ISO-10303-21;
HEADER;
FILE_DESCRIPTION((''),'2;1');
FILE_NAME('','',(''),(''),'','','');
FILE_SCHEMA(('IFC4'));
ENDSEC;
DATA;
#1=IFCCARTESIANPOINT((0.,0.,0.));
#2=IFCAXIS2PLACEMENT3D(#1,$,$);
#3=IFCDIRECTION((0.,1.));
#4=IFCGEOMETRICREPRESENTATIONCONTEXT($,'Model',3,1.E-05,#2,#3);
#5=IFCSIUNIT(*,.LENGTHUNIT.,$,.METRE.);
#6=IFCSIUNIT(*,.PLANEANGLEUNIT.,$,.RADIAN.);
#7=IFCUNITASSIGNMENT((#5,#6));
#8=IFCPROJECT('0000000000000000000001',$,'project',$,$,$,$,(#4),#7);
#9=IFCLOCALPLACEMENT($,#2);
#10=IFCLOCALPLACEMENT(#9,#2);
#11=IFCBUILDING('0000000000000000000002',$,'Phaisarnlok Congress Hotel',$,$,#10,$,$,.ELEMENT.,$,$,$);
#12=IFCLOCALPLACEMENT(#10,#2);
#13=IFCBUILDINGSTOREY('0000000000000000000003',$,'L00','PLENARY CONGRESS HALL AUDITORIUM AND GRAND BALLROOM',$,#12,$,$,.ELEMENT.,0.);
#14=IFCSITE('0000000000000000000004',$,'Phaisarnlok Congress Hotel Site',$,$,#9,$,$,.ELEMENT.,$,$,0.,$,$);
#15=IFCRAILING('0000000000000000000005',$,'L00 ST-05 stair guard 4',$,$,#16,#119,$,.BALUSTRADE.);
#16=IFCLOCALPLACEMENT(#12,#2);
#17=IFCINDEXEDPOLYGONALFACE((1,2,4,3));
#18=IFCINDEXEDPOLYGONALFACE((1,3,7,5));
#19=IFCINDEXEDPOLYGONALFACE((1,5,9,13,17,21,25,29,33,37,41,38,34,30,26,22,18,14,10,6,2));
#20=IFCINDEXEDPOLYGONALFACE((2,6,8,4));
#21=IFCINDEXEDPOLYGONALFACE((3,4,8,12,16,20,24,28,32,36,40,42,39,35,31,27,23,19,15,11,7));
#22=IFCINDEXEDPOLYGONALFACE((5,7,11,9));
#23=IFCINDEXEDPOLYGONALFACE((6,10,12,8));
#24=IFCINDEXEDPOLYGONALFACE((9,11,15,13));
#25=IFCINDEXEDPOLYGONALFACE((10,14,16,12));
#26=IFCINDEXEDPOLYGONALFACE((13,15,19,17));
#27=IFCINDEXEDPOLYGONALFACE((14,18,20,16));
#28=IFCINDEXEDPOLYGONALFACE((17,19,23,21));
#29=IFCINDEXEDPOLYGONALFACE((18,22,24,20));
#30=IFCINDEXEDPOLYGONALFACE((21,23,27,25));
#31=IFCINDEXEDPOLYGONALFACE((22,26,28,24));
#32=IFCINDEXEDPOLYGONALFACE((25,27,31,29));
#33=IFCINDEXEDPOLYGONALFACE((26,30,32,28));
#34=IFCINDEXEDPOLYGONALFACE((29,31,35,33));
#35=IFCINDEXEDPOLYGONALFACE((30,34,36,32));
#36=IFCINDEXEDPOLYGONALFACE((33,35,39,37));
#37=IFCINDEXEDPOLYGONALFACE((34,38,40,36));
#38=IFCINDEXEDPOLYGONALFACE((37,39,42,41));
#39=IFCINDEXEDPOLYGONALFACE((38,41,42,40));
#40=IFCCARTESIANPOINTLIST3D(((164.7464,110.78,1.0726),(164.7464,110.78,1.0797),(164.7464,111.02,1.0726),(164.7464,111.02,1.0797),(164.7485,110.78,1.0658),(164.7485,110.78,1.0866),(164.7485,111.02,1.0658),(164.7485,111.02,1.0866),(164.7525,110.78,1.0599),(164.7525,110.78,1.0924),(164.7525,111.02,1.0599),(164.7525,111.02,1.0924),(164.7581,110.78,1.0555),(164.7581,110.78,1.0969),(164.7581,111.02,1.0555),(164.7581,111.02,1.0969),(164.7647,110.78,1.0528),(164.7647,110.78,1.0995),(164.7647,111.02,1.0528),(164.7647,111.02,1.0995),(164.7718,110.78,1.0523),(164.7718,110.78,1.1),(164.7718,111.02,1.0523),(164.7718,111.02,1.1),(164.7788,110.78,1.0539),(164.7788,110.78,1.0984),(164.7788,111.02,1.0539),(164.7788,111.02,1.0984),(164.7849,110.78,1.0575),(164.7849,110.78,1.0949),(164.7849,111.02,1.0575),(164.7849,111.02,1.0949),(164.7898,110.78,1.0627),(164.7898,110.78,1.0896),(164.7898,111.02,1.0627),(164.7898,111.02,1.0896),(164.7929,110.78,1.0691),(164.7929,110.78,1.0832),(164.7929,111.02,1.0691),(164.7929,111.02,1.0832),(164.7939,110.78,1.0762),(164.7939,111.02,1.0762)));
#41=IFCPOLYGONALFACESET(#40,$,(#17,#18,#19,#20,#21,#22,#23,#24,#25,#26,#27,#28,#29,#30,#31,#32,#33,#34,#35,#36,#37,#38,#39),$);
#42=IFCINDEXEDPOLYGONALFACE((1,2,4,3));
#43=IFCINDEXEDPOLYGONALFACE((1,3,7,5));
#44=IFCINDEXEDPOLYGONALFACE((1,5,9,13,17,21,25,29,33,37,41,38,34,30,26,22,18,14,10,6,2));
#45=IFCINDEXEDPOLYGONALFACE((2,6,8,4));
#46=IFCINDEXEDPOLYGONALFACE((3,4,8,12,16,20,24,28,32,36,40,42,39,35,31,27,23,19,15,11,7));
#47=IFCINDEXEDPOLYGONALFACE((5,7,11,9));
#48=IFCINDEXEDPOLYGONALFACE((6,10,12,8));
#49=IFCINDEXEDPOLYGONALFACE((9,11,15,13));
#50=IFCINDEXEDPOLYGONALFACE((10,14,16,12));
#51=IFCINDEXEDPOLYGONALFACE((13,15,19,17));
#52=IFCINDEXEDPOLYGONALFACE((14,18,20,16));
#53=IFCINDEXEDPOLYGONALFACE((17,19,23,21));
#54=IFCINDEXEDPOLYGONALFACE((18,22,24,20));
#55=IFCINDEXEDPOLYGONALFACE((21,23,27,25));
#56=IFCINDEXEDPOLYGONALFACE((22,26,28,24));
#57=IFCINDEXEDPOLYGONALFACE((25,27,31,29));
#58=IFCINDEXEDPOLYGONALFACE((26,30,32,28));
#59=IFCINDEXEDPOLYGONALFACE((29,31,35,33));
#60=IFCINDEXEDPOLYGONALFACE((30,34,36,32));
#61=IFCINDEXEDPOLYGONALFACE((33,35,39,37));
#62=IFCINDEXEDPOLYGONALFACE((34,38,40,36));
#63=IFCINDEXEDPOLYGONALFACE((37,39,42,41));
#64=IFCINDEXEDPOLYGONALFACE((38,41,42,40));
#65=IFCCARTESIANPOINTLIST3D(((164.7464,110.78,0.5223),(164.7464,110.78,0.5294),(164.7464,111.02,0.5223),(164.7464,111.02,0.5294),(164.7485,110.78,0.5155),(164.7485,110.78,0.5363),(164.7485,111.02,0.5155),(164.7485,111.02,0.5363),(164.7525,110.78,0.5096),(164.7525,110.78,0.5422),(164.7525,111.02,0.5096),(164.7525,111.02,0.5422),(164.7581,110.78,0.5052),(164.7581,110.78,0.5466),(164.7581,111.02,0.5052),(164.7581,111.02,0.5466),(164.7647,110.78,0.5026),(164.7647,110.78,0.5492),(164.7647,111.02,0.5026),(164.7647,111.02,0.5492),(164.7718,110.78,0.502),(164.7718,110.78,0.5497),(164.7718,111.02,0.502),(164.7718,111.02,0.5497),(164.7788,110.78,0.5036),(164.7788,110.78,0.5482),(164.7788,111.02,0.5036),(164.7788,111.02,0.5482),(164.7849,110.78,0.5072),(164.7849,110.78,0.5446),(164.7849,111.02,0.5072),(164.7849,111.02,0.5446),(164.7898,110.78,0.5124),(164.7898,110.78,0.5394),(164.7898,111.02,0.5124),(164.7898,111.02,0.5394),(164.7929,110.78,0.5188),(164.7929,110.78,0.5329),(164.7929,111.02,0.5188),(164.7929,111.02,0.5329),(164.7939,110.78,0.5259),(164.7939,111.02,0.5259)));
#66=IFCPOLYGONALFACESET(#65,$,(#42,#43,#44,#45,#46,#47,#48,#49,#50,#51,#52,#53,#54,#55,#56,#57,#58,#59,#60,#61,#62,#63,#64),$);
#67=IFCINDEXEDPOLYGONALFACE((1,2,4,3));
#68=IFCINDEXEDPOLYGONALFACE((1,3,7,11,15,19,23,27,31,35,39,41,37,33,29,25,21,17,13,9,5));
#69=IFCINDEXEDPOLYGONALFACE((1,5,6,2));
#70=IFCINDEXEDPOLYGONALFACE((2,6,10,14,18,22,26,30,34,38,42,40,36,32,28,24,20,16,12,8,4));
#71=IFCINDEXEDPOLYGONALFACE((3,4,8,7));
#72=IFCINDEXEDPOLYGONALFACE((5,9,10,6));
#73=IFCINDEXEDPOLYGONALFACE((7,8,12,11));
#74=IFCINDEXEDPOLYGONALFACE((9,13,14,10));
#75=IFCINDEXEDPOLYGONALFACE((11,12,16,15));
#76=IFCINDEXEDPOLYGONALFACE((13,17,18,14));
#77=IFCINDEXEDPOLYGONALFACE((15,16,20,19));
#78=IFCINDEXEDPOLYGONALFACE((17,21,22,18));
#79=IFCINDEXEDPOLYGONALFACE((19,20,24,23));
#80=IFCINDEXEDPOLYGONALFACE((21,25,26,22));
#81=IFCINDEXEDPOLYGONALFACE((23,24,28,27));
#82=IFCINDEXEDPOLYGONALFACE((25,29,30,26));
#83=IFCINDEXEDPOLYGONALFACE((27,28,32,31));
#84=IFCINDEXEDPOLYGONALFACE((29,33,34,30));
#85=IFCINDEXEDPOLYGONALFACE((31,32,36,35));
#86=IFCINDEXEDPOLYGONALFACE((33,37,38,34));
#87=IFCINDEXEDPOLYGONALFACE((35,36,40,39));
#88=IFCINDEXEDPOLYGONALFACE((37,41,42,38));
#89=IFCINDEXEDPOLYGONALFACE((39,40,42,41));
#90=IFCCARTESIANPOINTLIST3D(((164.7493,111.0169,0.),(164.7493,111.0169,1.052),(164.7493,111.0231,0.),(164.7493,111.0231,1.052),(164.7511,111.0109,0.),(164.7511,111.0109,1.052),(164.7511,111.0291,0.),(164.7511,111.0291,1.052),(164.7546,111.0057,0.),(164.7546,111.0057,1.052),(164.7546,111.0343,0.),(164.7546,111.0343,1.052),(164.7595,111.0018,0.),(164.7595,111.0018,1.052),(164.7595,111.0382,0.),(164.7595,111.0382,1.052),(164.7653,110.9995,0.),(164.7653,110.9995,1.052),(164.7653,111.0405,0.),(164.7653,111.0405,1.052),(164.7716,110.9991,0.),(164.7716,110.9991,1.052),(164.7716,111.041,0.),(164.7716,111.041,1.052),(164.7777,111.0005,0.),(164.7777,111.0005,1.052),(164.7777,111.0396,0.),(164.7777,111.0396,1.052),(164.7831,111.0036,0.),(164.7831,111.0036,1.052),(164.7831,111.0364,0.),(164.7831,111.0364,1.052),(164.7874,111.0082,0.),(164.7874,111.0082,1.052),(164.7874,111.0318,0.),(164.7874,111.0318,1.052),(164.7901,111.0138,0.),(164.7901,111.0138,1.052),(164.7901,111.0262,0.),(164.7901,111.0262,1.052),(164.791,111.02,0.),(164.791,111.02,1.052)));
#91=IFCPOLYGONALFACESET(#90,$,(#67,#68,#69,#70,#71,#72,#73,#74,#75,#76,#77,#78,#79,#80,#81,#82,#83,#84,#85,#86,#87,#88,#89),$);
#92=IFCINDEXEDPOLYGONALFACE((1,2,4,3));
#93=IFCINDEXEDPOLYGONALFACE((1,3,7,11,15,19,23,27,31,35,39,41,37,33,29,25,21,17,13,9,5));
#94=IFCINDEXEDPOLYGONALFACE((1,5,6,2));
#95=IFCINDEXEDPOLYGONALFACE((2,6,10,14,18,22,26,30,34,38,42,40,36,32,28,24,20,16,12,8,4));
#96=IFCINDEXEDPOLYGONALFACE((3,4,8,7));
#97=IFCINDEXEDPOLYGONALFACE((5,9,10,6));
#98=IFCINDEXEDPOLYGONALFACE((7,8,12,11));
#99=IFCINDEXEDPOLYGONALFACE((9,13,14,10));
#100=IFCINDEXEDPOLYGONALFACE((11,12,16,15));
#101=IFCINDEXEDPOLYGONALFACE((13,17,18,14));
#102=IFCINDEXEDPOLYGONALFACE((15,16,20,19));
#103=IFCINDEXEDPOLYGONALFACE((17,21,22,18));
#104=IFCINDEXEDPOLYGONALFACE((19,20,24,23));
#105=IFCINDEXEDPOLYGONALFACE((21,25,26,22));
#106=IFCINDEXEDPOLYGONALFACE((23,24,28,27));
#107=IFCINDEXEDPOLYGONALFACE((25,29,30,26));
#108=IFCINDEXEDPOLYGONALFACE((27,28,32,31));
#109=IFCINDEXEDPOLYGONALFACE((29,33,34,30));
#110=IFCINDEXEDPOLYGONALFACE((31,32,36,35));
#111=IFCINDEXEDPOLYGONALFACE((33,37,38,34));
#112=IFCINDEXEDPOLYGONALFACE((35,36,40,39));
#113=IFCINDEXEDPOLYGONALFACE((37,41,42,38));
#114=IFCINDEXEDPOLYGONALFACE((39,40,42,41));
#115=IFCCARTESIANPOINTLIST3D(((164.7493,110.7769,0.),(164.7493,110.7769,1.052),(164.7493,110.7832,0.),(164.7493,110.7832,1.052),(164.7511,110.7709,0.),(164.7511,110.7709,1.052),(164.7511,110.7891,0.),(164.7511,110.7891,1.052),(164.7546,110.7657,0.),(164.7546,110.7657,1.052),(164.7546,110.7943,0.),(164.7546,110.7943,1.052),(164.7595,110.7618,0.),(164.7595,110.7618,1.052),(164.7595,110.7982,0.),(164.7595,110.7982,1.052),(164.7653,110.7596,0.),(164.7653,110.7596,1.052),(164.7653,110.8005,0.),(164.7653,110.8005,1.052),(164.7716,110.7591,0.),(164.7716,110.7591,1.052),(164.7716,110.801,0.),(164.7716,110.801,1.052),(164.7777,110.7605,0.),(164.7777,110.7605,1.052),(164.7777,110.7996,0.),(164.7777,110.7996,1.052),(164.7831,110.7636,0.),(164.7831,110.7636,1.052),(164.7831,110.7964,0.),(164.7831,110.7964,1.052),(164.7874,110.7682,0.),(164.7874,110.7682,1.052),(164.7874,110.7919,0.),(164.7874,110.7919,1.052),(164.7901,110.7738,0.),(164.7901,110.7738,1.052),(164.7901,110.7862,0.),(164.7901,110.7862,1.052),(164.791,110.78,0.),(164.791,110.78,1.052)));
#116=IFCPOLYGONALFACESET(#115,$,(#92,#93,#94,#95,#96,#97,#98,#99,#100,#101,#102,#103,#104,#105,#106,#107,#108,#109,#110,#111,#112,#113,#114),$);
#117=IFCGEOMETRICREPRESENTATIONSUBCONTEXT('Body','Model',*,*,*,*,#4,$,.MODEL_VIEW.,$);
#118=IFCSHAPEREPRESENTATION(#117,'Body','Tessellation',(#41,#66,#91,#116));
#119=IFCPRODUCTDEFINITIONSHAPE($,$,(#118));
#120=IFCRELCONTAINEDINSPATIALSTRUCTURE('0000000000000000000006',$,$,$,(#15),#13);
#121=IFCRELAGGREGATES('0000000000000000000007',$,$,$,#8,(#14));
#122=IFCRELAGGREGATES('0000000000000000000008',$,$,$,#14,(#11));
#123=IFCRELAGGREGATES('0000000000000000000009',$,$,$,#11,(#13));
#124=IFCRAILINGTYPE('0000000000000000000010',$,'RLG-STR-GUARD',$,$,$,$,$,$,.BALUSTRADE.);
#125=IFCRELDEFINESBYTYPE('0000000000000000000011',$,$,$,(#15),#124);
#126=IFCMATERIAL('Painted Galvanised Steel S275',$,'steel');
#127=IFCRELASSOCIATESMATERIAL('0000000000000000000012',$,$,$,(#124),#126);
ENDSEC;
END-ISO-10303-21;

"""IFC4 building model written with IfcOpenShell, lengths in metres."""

from ifc_helpers import new_model, si_unit, direction, frame, origin, origin_2d, place, context, subcontext, project, spatial, circle, extrude, material, type_object, element, save


model = new_model("IFC4")

# Units and contexts
model_context = context("Model", 3, precision=1e-05, world=origin(), true_north=direction((0.0, 1.0)))
body_context = subcontext(model_context, "Body", "Model", "MODEL_VIEW")
ifc_project = project(units=[si_unit("LENGTHUNIT", "METRE"), si_unit("PLANEANGLEUNIT", "RADIAN")], contexts=[model_context])

# Site, building, storey
site_placement = place(None, origin())
site = spatial("IfcSite", under=ifc_project, at=site_placement, Name="Phaisarnlok Congress Hotel Site", CompositionType="ELEMENT", RefElevation=0.0)
building_placement = place(site_placement, origin())
building = spatial("IfcBuilding", under=site, at=building_placement, Name="Phaisarnlok Congress Hotel", CompositionType="ELEMENT")
storey_placement = place(building_placement, origin())
storey = spatial("IfcBuildingStorey", under=building, at=storey_placement, Name="L00", Description="PLENARY CONGRESS HALL AUDITORIUM AND GRAND BALLROOM", CompositionType="ELEMENT", Elevation=0.0)

# Railing
ifc_material_1 = material(Name="Painted Galvanised Steel S275", Category="steel")
railing_type_1 = type_object("IfcRailingType", Name="RLG-STR-GUARD", PredefinedType="BALUSTRADE", material=ifc_material_1)
railing_1_placement = place(storey_placement, frame((164.77, 111.02, 0.0)))
element("IfcRailing", 1, at=railing_1_placement, inside=storey, type_object=railing_type_1, Name="L00 ST-05 stair guard 4", PredefinedType="BALUSTRADE", context=body_context, shape_type="SweptSolid", body=[
    extrude(circle(Radius=0.0239, at=origin_2d()), frame((0.0, 0.0, 1.0762), z_axis=(0.0, -1.0, 0.0), x_axis=(1.0, 0.0, 0.0)), (0.0, 0.0, 1.0), 0.24),
    extrude(circle(Radius=0.0239, at=origin_2d()), frame((0.0, 0.0, 0.5259), z_axis=(0.0, -1.0, 0.0), x_axis=(1.0, 0.0, 0.0)), (0.0, 0.0, 1.0), 0.24),
    extrude(circle(Radius=0.021, at=origin_2d()), origin(), (0.0, 0.0, 1.0), 1.052),
    extrude(circle(Radius=0.021, at=origin_2d()), frame((0.0, -0.24, 0.0)), (0.0, 0.0, 1.0), 1.052),
])

save(model, "model.ifc")
